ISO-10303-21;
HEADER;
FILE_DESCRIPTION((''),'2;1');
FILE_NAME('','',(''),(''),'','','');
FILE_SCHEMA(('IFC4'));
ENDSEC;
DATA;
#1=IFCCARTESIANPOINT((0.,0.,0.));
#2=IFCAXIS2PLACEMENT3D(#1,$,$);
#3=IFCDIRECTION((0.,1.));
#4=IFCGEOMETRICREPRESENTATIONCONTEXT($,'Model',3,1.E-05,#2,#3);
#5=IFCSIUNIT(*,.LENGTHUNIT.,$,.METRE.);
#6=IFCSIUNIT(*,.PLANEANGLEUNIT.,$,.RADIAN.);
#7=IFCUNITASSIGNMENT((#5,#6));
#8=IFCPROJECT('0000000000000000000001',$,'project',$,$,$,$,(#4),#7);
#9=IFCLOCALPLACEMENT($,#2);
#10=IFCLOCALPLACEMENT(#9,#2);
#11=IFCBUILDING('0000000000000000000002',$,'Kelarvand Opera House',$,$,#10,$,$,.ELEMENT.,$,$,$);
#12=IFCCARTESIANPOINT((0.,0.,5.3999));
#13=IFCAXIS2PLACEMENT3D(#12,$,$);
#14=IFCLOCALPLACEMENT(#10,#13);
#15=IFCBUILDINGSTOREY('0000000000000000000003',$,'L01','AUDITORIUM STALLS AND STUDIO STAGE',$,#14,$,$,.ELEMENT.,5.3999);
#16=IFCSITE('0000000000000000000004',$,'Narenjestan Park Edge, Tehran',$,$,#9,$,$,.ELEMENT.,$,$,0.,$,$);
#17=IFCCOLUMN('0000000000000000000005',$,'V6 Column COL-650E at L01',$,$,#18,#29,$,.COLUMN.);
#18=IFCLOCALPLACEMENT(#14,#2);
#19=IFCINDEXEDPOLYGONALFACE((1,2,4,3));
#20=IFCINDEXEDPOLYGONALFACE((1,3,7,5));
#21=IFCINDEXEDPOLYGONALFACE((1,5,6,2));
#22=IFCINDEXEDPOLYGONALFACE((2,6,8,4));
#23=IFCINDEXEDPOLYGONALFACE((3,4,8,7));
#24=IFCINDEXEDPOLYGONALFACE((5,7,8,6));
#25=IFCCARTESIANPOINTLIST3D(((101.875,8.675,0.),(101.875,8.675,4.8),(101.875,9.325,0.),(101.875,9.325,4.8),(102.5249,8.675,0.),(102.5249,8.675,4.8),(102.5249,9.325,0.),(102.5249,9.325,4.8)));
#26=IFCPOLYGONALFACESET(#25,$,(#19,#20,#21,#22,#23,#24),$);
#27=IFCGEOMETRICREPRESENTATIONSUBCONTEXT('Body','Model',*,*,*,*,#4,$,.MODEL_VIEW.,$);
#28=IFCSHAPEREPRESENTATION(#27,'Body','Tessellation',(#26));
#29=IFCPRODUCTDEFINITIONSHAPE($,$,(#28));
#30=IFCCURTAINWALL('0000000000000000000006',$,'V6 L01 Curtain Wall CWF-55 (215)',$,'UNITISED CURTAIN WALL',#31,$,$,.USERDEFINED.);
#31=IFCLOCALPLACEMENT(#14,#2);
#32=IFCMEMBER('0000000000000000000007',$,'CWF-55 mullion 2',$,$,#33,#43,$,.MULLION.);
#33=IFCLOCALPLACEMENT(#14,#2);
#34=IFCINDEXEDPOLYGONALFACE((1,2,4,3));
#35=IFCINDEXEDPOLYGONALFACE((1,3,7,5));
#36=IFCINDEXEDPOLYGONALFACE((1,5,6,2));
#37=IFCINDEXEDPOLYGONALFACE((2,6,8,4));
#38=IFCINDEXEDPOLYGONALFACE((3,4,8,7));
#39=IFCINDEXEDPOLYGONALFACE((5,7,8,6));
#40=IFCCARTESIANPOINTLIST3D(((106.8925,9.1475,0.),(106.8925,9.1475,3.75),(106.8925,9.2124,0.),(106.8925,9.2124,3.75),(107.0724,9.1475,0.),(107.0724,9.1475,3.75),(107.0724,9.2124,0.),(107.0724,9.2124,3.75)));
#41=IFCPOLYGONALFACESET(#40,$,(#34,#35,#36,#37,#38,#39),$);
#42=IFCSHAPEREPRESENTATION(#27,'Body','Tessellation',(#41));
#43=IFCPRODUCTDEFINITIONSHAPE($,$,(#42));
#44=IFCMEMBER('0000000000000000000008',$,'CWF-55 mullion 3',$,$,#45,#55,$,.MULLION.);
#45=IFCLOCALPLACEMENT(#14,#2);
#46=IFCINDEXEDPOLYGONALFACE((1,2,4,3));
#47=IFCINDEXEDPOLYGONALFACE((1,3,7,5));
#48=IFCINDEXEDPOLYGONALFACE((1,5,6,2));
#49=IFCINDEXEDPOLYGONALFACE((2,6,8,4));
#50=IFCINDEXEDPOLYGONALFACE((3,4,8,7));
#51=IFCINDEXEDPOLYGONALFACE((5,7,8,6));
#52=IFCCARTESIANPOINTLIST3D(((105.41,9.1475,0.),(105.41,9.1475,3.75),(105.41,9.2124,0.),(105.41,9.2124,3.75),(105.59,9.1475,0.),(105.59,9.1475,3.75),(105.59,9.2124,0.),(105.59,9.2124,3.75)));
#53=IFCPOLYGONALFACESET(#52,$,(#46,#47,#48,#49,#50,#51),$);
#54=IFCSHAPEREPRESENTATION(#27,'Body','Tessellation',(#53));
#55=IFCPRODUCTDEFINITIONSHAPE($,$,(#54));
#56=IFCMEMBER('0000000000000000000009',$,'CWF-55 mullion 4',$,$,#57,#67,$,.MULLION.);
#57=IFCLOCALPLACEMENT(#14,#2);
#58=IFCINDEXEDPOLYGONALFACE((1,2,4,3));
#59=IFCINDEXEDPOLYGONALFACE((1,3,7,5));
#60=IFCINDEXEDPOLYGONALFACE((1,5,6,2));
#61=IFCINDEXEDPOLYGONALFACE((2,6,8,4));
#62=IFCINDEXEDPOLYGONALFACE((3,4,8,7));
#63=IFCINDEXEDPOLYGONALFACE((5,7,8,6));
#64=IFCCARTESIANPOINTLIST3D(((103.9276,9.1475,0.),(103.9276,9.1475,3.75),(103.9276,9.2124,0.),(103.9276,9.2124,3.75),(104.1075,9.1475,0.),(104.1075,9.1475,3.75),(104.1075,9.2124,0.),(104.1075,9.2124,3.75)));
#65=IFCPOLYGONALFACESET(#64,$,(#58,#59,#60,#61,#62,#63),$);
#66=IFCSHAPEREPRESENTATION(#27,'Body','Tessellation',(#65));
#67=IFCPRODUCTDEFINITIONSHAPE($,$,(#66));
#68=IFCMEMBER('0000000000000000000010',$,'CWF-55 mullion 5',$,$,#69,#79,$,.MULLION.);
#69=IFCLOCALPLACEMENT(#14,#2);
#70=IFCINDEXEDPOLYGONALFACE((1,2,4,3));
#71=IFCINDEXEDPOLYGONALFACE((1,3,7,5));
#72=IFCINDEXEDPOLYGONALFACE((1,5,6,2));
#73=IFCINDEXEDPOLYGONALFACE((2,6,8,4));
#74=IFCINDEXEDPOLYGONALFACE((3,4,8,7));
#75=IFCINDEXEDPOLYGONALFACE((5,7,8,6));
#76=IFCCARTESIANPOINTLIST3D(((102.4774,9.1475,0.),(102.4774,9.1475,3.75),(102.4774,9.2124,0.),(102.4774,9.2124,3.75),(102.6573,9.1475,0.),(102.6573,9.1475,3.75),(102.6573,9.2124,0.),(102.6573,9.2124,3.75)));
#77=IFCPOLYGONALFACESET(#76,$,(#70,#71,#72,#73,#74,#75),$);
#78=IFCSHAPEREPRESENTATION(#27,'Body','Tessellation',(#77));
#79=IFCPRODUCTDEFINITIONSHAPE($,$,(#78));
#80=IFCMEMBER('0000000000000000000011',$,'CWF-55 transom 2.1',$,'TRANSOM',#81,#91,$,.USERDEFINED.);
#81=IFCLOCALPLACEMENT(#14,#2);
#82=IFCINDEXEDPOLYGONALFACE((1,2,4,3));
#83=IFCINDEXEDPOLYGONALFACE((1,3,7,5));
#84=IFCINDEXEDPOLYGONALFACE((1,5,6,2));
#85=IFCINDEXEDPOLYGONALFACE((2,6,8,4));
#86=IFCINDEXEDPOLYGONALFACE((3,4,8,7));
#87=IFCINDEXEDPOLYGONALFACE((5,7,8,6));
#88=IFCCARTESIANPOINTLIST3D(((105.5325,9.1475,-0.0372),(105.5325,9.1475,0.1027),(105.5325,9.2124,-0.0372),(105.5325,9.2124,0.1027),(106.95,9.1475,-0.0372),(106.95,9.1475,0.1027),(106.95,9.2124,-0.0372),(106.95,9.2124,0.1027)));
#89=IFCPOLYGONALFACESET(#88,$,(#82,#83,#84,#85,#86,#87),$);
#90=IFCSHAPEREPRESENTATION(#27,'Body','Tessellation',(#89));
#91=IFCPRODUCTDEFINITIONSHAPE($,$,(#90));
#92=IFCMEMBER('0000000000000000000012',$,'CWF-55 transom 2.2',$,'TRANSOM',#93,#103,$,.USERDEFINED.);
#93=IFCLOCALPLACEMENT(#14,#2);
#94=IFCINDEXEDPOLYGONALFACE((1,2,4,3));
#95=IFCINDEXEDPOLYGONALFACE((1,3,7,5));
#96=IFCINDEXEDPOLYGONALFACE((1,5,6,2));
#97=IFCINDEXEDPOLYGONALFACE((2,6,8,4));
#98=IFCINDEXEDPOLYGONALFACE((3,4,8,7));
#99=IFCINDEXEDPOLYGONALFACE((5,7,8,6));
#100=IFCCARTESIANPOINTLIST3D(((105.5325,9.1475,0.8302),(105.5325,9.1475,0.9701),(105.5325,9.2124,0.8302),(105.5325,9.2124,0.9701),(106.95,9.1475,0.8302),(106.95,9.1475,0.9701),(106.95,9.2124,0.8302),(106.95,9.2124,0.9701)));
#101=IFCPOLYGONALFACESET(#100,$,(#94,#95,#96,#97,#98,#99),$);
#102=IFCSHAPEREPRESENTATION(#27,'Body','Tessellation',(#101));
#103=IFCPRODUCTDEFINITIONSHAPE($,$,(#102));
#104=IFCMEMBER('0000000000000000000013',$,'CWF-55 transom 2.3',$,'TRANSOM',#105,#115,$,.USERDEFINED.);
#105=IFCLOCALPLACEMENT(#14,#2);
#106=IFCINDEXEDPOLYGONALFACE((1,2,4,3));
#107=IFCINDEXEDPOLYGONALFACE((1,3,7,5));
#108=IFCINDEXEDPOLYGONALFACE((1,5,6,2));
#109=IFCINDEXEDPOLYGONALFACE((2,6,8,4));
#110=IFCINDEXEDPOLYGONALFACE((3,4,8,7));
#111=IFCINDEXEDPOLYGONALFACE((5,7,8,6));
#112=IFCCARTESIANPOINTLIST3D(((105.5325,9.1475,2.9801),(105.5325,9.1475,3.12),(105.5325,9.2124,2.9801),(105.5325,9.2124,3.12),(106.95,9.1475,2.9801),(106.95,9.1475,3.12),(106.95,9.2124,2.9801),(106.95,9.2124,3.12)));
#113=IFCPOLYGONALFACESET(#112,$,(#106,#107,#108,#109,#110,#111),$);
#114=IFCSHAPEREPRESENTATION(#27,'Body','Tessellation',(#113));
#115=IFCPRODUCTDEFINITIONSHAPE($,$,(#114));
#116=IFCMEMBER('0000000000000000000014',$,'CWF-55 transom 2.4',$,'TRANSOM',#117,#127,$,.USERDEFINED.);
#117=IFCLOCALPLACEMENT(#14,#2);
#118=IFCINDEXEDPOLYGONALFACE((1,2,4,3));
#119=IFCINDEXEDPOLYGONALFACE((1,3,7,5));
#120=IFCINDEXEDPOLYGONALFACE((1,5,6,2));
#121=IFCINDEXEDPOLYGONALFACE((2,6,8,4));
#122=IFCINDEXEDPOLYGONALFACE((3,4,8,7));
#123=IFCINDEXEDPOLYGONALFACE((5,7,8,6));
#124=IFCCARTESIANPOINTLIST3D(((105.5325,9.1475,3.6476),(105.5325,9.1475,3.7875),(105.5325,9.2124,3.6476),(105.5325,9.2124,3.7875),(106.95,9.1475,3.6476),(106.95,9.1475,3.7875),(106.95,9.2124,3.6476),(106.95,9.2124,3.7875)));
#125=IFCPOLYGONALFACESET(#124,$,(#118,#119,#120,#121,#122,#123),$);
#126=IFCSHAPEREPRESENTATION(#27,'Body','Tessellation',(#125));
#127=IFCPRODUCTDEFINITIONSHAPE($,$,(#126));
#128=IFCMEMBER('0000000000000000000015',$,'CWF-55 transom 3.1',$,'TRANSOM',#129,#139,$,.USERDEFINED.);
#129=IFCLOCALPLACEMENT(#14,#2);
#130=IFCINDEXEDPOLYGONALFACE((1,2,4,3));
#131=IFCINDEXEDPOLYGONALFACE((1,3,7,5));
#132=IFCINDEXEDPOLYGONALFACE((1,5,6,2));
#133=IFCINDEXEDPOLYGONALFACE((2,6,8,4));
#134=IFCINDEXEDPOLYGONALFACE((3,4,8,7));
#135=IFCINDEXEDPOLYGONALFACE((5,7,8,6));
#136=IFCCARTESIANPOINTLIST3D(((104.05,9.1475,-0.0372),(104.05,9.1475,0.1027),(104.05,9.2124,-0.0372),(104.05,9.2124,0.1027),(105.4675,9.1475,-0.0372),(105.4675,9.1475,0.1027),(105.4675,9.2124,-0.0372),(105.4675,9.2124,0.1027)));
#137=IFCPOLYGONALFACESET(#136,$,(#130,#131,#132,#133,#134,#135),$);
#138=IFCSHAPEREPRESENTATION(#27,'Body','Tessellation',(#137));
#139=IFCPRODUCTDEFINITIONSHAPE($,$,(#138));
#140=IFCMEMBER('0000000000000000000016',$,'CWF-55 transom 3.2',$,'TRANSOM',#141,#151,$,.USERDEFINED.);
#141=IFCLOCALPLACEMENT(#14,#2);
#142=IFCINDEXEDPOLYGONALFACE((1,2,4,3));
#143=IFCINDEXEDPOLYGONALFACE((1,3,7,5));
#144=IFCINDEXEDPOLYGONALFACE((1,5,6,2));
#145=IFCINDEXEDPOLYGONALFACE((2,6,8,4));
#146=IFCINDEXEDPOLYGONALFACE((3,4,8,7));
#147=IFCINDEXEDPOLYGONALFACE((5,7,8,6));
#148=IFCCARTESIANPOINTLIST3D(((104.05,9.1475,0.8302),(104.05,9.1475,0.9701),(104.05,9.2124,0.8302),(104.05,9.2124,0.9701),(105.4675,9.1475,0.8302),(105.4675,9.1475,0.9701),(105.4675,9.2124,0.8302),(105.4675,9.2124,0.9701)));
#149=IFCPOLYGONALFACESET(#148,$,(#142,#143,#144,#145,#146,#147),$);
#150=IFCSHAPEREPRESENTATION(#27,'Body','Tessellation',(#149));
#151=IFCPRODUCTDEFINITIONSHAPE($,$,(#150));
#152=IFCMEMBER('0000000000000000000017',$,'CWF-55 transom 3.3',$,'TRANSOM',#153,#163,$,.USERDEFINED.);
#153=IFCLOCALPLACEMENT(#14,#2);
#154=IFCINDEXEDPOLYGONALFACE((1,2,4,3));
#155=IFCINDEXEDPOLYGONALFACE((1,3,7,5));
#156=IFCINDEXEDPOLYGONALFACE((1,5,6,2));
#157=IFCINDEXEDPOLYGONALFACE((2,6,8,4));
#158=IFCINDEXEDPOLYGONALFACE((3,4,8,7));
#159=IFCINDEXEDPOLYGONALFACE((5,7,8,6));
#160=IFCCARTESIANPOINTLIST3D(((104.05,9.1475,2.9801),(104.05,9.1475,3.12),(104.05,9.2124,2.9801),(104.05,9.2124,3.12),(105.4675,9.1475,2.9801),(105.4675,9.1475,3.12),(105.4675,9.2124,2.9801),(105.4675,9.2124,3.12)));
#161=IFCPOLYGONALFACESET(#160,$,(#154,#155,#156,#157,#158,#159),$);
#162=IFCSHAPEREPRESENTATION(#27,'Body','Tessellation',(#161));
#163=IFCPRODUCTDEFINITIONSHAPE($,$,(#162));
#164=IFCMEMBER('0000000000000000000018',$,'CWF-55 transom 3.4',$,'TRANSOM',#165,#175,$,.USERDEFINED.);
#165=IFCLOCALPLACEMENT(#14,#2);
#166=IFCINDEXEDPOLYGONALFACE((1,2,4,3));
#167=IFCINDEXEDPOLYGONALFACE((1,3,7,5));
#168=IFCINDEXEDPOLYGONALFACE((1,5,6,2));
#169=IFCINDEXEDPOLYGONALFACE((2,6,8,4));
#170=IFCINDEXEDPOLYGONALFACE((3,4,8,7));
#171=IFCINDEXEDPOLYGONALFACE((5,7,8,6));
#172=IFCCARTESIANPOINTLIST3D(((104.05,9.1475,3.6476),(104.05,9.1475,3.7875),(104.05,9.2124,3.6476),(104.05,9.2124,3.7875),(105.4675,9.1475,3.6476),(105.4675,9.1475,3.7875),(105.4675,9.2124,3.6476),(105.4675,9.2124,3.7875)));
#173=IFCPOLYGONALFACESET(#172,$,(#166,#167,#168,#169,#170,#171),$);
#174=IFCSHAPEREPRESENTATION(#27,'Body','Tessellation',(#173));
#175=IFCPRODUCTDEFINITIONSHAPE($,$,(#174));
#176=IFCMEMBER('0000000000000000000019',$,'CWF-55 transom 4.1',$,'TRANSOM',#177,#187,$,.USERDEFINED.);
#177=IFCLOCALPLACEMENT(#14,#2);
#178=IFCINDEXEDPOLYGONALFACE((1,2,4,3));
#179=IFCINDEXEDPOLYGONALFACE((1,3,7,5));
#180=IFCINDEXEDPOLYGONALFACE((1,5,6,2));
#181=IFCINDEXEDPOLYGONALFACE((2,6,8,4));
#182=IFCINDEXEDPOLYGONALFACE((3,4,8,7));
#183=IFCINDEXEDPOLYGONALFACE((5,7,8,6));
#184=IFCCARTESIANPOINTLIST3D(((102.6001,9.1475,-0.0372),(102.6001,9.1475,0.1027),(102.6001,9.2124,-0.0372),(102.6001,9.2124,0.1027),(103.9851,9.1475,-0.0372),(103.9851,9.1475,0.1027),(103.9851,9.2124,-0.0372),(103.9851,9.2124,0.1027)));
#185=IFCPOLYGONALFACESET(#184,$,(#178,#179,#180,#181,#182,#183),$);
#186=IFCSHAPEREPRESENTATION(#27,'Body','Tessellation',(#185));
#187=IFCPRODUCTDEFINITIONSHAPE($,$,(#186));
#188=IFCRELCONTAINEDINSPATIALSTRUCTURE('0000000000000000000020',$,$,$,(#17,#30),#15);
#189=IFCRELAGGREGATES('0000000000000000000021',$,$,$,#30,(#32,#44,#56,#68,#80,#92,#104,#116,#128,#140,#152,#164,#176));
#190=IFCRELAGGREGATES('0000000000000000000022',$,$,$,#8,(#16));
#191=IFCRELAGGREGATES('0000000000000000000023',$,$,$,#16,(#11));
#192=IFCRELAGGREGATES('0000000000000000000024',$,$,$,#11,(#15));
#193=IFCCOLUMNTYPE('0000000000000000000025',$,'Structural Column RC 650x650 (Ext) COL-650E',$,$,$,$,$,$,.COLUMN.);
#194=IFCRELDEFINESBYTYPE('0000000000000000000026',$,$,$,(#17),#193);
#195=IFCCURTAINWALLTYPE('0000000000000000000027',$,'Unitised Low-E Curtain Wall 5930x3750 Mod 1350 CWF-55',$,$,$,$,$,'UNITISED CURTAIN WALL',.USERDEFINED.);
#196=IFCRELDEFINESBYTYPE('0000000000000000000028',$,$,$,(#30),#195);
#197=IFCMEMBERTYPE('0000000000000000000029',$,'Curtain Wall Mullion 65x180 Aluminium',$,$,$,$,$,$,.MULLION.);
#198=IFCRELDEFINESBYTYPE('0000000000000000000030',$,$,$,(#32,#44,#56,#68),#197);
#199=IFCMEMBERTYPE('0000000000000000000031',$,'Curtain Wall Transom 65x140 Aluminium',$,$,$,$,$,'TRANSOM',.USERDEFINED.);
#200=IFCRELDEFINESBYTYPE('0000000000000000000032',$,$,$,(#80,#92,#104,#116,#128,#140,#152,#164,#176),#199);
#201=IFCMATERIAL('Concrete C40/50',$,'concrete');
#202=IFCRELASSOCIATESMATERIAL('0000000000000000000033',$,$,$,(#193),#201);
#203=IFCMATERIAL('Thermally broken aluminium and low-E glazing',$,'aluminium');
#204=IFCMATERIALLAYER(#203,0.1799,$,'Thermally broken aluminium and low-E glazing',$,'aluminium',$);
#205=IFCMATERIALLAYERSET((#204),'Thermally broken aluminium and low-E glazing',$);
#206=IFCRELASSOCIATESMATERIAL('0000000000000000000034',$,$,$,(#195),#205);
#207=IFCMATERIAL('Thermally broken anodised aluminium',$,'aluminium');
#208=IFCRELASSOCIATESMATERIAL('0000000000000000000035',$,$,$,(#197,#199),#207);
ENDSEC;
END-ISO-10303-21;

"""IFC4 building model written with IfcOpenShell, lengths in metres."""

from ifc_helpers import new_model, si_unit, direction, frame, origin, origin_2d, place, context, subcontext, project, spatial, rectangle, extrude, material, layer, layer_set, material_profile, profile_set, type_object, element, aggregate, save


model = new_model("IFC4")

# Units and contexts
model_context = context("Model", 3, precision=1e-05, world=origin(), true_north=direction((0.0, 1.0)))
body_context = subcontext(model_context, "Body", "Model", "MODEL_VIEW")
ifc_project = project(units=[si_unit("LENGTHUNIT", "METRE"), si_unit("PLANEANGLEUNIT", "RADIAN")], contexts=[model_context])

# Site, building, storey
site_placement = place(None, origin())
site = spatial("IfcSite", under=ifc_project, at=site_placement, Name="Narenjestan Park Edge, Tehran", CompositionType="ELEMENT", RefElevation=0.0)
building_placement = place(site_placement, origin())
building = spatial("IfcBuilding", under=site, at=building_placement, Name="Kelarvand Opera House", CompositionType="ELEMENT")
storey_placement = place(building_placement, frame((0.0, 0.0, 5.3999)))
storey = spatial("IfcBuildingStorey", under=building, at=storey_placement, Name="L01", Description="AUDITORIUM STALLS AND STUDIO STAGE", CompositionType="ELEMENT", Elevation=5.3999)

# Column
ifc_material_1 = material(Name="Concrete C40/50", Category="concrete")
ifc_material_profile_1 = material_profile(ifc_material_1, rectangle(XDim=0.6499, YDim=0.6499, at=origin_2d()), Name="RC 650x650", Category="concrete")
ifc_profile_set_1 = profile_set([ifc_material_profile_1], Name="Concrete C40/50")
column_type = type_object("IfcColumnType", Name="Structural Column RC 650x650 (Ext) COL-650E", PredefinedType="COLUMN", material=ifc_profile_set_1)
column_placement = place(storey_placement, frame((102.2, 9.0, 0.0), z_axis=(0.0, 0.0, 1.0), x_axis=(1.0, 0.0, 0.0)))
element("IfcColumn", 1, at=column_placement, inside=storey, type_object=column_type, Name="V6 Column COL-650E at L01", PredefinedType="COLUMN", context=body_context, shape_type="SweptSolid", body=[
    extrude(rectangle(XDim=0.6499, YDim=0.6499, at=origin_2d()), origin(), (0.0, 0.0, 1.0), 4.8),
])

# Curtain wall, members
ifc_material_2 = material(Name="Thermally broken aluminium and low-E glazing", Category="aluminium")
ifc_layer_1 = layer(ifc_material_2, 0.1799, Name="Thermally broken aluminium and low-E glazing", Category="aluminium")
ifc_layer_set_1 = layer_set([ifc_layer_1], Name="Thermally broken aluminium and low-E glazing")
curtain_wall_type = type_object("IfcCurtainWallType", Name="Unitised Low-E Curtain Wall 5930x3750 Mod 1350 CWF-55", ElementType="UNITISED CURTAIN WALL", PredefinedType="USERDEFINED", material=ifc_layer_set_1)
curtain_wall_placement = place(storey_placement, origin())
curtain_wall = element("IfcCurtainWall", 2, at=curtain_wall_placement, inside=storey, type_object=curtain_wall_type, Name="V6 L01 Curtain Wall CWF-55 (215)", ObjectType="UNITISED CURTAIN WALL", PredefinedType="USERDEFINED")
ifc_material_3 = material(Name="Thermally broken anodised aluminium", Category="aluminium")
ifc_material_profile_2 = material_profile(ifc_material_3, rectangle(XDim=0.0649, YDim=0.1799, at=origin_2d()), Name="ALU MULLION 65x180", Category="aluminium")
ifc_profile_set_2 = profile_set([ifc_material_profile_2], Name="Thermally broken anodised aluminium")
member_type_1 = type_object("IfcMemberType", Name="Curtain Wall Mullion 65x180 Aluminium", PredefinedType="MULLION", material=ifc_profile_set_2)
member_1_placement = place(storey_placement, frame((106.9824, 9.1799, 0.0), z_axis=(0.0, 0.0, 1.0), x_axis=(0.0, -1.0, 0.0)))
member_1 = element("IfcMember", 3, at=member_1_placement, type_object=member_type_1, Name="CWF-55 mullion 2", PredefinedType="MULLION", context=body_context, shape_type="SweptSolid", body=[
    extrude(rectangle(XDim=0.0649, YDim=0.1799, at=origin_2d()), origin(), (0.0, 0.0, 1.0), 3.75),
])
member_2_placement = place(storey_placement, frame((105.5, 9.1799, 0.0), z_axis=(0.0, 0.0, 1.0), x_axis=(0.0, -1.0, 0.0)))
member_2 = element("IfcMember", 4, at=member_2_placement, type_object=member_type_1, Name="CWF-55 mullion 3", PredefinedType="MULLION", context=body_context, shape_type="SweptSolid", body=[
    extrude(rectangle(XDim=0.0649, YDim=0.1799, at=origin_2d()), origin(), (0.0, 0.0, 1.0), 3.75),
])
member_3_placement = place(storey_placement, frame((104.0176, 9.1799, 0.0), z_axis=(0.0, 0.0, 1.0), x_axis=(0.0, -1.0, 0.0)))
member_3 = element("IfcMember", 5, at=member_3_placement, type_object=member_type_1, Name="CWF-55 mullion 4", PredefinedType="MULLION", context=body_context, shape_type="SweptSolid", body=[
    extrude(rectangle(XDim=0.0649, YDim=0.1799, at=origin_2d()), origin(), (0.0, 0.0, 1.0), 3.75),
])
member_4_placement = place(storey_placement, frame((102.5674, 9.1799, 0.0), z_axis=(0.0, 0.0, 1.0), x_axis=(0.0, -1.0, 0.0)))
member_4 = element("IfcMember", 6, at=member_4_placement, type_object=member_type_1, Name="CWF-55 mullion 5", PredefinedType="MULLION", context=body_context, shape_type="SweptSolid", body=[
    extrude(rectangle(XDim=0.0649, YDim=0.1799, at=origin_2d()), origin(), (0.0, 0.0, 1.0), 3.75),
])
ifc_material_profile_3 = material_profile(ifc_material_3, rectangle(XDim=0.0649, YDim=0.1399, at=origin_2d()), Name="ALU TRANSOM 65x140", Category="aluminium")
ifc_profile_set_3 = profile_set([ifc_material_profile_3], Name="Thermally broken anodised aluminium")
member_type_2 = type_object("IfcMemberType", Name="Curtain Wall Transom 65x140 Aluminium", ElementType="TRANSOM", PredefinedType="USERDEFINED", material=ifc_profile_set_3)
member_5_placement = place(storey_placement, frame((106.95, 9.1799, 0.0327), z_axis=(-1.0, 0.0, 0.0), x_axis=(0.0, -1.0, 0.0)))
member_5 = element("IfcMember", 7, at=member_5_placement, type_object=member_type_2, Name="CWF-55 transom 2.1", ObjectType="TRANSOM", PredefinedType="USERDEFINED", context=body_context, shape_type="SweptSolid", body=[
    extrude(rectangle(XDim=0.0649, YDim=0.1399, at=origin_2d()), origin(), (0.0, 0.0, 1.0), 1.4175),
])
member_6_placement = place(storey_placement, frame((106.95, 9.1799, 0.9001), z_axis=(-1.0, 0.0, 0.0), x_axis=(0.0, -1.0, 0.0)))
member_6 = element("IfcMember", 8, at=member_6_placement, type_object=member_type_2, Name="CWF-55 transom 2.2", ObjectType="TRANSOM", PredefinedType="USERDEFINED", context=body_context, shape_type="SweptSolid", body=[
    extrude(rectangle(XDim=0.0649, YDim=0.1399, at=origin_2d()), origin(), (0.0, 0.0, 1.0), 1.4175),
])
member_7_placement = place(storey_placement, frame((106.95, 9.1799, 3.05), z_axis=(-1.0, 0.0, 0.0), x_axis=(0.0, -1.0, 0.0)))
member_7 = element("IfcMember", 9, at=member_7_placement, type_object=member_type_2, Name="CWF-55 transom 2.3", ObjectType="TRANSOM", PredefinedType="USERDEFINED", context=body_context, shape_type="SweptSolid", body=[
    extrude(rectangle(XDim=0.0649, YDim=0.1399, at=origin_2d()), origin(), (0.0, 0.0, 1.0), 1.4175),
])
member_8_placement = place(storey_placement, frame((106.95, 9.1799, 3.7175), z_axis=(-1.0, 0.0, 0.0), x_axis=(0.0, -1.0, 0.0)))
member_8 = element("IfcMember", 10, at=member_8_placement, type_object=member_type_2, Name="CWF-55 transom 2.4", ObjectType="TRANSOM", PredefinedType="USERDEFINED", context=body_context, shape_type="SweptSolid", body=[
    extrude(rectangle(XDim=0.0649, YDim=0.1399, at=origin_2d()), origin(), (0.0, 0.0, 1.0), 1.4175),
])
member_9_placement = place(storey_placement, frame((105.4675, 9.1799, 0.0327), z_axis=(-1.0, 0.0, 0.0), x_axis=(0.0, -1.0, 0.0)))
member_9 = element("IfcMember", 11, at=member_9_placement, type_object=member_type_2, Name="CWF-55 transom 3.1", ObjectType="TRANSOM", PredefinedType="USERDEFINED", context=body_context, shape_type="SweptSolid", body=[
    extrude(rectangle(XDim=0.0649, YDim=0.1399, at=origin_2d()), origin(), (0.0, 0.0, 1.0), 1.4175),
])
member_10_placement = place(storey_placement, frame((105.4675, 9.1799, 0.9001), z_axis=(-1.0, 0.0, 0.0), x_axis=(0.0, -1.0, 0.0)))
member_10 = element("IfcMember", 12, at=member_10_placement, type_object=member_type_2, Name="CWF-55 transom 3.2", ObjectType="TRANSOM", PredefinedType="USERDEFINED", context=body_context, shape_type="SweptSolid", body=[
    extrude(rectangle(XDim=0.0649, YDim=0.1399, at=origin_2d()), origin(), (0.0, 0.0, 1.0), 1.4175),
])
member_11_placement = place(storey_placement, frame((105.4675, 9.1799, 3.05), z_axis=(-1.0, 0.0, 0.0), x_axis=(0.0, -1.0, 0.0)))
member_11 = element("IfcMember", 13, at=member_11_placement, type_object=member_type_2, Name="CWF-55 transom 3.3", ObjectType="TRANSOM", PredefinedType="USERDEFINED", context=body_context, shape_type="SweptSolid", body=[
    extrude(rectangle(XDim=0.0649, YDim=0.1399, at=origin_2d()), origin(), (0.0, 0.0, 1.0), 1.4175),
])
member_12_placement = place(storey_placement, frame((105.4675, 9.1799, 3.7175), z_axis=(-1.0, 0.0, 0.0), x_axis=(0.0, -1.0, 0.0)))
member_12 = element("IfcMember", 14, at=member_12_placement, type_object=member_type_2, Name="CWF-55 transom 3.4", ObjectType="TRANSOM", PredefinedType="USERDEFINED", context=body_context, shape_type="SweptSolid", body=[
    extrude(rectangle(XDim=0.0649, YDim=0.1399, at=origin_2d()), origin(), (0.0, 0.0, 1.0), 1.4175),
])
member_13_placement = place(storey_placement, frame((103.9851, 9.1799, 0.0327), z_axis=(-1.0, 0.0, 0.0), x_axis=(0.0, -1.0, 0.0)))
member_13 = element("IfcMember", 15, at=member_13_placement, type_object=member_type_2, Name="CWF-55 transom 4.1", ObjectType="TRANSOM", PredefinedType="USERDEFINED", context=body_context, shape_type="SweptSolid", body=[
    extrude(rectangle(XDim=0.0649, YDim=0.1399, at=origin_2d()), origin(), (0.0, 0.0, 1.0), 1.385),
])

aggregate(curtain_wall, [member_1, member_2, member_3, member_4, member_5, member_6, member_7, member_8, member_9, member_10, member_11, member_12, member_13])

save(model, "model.ifc")
